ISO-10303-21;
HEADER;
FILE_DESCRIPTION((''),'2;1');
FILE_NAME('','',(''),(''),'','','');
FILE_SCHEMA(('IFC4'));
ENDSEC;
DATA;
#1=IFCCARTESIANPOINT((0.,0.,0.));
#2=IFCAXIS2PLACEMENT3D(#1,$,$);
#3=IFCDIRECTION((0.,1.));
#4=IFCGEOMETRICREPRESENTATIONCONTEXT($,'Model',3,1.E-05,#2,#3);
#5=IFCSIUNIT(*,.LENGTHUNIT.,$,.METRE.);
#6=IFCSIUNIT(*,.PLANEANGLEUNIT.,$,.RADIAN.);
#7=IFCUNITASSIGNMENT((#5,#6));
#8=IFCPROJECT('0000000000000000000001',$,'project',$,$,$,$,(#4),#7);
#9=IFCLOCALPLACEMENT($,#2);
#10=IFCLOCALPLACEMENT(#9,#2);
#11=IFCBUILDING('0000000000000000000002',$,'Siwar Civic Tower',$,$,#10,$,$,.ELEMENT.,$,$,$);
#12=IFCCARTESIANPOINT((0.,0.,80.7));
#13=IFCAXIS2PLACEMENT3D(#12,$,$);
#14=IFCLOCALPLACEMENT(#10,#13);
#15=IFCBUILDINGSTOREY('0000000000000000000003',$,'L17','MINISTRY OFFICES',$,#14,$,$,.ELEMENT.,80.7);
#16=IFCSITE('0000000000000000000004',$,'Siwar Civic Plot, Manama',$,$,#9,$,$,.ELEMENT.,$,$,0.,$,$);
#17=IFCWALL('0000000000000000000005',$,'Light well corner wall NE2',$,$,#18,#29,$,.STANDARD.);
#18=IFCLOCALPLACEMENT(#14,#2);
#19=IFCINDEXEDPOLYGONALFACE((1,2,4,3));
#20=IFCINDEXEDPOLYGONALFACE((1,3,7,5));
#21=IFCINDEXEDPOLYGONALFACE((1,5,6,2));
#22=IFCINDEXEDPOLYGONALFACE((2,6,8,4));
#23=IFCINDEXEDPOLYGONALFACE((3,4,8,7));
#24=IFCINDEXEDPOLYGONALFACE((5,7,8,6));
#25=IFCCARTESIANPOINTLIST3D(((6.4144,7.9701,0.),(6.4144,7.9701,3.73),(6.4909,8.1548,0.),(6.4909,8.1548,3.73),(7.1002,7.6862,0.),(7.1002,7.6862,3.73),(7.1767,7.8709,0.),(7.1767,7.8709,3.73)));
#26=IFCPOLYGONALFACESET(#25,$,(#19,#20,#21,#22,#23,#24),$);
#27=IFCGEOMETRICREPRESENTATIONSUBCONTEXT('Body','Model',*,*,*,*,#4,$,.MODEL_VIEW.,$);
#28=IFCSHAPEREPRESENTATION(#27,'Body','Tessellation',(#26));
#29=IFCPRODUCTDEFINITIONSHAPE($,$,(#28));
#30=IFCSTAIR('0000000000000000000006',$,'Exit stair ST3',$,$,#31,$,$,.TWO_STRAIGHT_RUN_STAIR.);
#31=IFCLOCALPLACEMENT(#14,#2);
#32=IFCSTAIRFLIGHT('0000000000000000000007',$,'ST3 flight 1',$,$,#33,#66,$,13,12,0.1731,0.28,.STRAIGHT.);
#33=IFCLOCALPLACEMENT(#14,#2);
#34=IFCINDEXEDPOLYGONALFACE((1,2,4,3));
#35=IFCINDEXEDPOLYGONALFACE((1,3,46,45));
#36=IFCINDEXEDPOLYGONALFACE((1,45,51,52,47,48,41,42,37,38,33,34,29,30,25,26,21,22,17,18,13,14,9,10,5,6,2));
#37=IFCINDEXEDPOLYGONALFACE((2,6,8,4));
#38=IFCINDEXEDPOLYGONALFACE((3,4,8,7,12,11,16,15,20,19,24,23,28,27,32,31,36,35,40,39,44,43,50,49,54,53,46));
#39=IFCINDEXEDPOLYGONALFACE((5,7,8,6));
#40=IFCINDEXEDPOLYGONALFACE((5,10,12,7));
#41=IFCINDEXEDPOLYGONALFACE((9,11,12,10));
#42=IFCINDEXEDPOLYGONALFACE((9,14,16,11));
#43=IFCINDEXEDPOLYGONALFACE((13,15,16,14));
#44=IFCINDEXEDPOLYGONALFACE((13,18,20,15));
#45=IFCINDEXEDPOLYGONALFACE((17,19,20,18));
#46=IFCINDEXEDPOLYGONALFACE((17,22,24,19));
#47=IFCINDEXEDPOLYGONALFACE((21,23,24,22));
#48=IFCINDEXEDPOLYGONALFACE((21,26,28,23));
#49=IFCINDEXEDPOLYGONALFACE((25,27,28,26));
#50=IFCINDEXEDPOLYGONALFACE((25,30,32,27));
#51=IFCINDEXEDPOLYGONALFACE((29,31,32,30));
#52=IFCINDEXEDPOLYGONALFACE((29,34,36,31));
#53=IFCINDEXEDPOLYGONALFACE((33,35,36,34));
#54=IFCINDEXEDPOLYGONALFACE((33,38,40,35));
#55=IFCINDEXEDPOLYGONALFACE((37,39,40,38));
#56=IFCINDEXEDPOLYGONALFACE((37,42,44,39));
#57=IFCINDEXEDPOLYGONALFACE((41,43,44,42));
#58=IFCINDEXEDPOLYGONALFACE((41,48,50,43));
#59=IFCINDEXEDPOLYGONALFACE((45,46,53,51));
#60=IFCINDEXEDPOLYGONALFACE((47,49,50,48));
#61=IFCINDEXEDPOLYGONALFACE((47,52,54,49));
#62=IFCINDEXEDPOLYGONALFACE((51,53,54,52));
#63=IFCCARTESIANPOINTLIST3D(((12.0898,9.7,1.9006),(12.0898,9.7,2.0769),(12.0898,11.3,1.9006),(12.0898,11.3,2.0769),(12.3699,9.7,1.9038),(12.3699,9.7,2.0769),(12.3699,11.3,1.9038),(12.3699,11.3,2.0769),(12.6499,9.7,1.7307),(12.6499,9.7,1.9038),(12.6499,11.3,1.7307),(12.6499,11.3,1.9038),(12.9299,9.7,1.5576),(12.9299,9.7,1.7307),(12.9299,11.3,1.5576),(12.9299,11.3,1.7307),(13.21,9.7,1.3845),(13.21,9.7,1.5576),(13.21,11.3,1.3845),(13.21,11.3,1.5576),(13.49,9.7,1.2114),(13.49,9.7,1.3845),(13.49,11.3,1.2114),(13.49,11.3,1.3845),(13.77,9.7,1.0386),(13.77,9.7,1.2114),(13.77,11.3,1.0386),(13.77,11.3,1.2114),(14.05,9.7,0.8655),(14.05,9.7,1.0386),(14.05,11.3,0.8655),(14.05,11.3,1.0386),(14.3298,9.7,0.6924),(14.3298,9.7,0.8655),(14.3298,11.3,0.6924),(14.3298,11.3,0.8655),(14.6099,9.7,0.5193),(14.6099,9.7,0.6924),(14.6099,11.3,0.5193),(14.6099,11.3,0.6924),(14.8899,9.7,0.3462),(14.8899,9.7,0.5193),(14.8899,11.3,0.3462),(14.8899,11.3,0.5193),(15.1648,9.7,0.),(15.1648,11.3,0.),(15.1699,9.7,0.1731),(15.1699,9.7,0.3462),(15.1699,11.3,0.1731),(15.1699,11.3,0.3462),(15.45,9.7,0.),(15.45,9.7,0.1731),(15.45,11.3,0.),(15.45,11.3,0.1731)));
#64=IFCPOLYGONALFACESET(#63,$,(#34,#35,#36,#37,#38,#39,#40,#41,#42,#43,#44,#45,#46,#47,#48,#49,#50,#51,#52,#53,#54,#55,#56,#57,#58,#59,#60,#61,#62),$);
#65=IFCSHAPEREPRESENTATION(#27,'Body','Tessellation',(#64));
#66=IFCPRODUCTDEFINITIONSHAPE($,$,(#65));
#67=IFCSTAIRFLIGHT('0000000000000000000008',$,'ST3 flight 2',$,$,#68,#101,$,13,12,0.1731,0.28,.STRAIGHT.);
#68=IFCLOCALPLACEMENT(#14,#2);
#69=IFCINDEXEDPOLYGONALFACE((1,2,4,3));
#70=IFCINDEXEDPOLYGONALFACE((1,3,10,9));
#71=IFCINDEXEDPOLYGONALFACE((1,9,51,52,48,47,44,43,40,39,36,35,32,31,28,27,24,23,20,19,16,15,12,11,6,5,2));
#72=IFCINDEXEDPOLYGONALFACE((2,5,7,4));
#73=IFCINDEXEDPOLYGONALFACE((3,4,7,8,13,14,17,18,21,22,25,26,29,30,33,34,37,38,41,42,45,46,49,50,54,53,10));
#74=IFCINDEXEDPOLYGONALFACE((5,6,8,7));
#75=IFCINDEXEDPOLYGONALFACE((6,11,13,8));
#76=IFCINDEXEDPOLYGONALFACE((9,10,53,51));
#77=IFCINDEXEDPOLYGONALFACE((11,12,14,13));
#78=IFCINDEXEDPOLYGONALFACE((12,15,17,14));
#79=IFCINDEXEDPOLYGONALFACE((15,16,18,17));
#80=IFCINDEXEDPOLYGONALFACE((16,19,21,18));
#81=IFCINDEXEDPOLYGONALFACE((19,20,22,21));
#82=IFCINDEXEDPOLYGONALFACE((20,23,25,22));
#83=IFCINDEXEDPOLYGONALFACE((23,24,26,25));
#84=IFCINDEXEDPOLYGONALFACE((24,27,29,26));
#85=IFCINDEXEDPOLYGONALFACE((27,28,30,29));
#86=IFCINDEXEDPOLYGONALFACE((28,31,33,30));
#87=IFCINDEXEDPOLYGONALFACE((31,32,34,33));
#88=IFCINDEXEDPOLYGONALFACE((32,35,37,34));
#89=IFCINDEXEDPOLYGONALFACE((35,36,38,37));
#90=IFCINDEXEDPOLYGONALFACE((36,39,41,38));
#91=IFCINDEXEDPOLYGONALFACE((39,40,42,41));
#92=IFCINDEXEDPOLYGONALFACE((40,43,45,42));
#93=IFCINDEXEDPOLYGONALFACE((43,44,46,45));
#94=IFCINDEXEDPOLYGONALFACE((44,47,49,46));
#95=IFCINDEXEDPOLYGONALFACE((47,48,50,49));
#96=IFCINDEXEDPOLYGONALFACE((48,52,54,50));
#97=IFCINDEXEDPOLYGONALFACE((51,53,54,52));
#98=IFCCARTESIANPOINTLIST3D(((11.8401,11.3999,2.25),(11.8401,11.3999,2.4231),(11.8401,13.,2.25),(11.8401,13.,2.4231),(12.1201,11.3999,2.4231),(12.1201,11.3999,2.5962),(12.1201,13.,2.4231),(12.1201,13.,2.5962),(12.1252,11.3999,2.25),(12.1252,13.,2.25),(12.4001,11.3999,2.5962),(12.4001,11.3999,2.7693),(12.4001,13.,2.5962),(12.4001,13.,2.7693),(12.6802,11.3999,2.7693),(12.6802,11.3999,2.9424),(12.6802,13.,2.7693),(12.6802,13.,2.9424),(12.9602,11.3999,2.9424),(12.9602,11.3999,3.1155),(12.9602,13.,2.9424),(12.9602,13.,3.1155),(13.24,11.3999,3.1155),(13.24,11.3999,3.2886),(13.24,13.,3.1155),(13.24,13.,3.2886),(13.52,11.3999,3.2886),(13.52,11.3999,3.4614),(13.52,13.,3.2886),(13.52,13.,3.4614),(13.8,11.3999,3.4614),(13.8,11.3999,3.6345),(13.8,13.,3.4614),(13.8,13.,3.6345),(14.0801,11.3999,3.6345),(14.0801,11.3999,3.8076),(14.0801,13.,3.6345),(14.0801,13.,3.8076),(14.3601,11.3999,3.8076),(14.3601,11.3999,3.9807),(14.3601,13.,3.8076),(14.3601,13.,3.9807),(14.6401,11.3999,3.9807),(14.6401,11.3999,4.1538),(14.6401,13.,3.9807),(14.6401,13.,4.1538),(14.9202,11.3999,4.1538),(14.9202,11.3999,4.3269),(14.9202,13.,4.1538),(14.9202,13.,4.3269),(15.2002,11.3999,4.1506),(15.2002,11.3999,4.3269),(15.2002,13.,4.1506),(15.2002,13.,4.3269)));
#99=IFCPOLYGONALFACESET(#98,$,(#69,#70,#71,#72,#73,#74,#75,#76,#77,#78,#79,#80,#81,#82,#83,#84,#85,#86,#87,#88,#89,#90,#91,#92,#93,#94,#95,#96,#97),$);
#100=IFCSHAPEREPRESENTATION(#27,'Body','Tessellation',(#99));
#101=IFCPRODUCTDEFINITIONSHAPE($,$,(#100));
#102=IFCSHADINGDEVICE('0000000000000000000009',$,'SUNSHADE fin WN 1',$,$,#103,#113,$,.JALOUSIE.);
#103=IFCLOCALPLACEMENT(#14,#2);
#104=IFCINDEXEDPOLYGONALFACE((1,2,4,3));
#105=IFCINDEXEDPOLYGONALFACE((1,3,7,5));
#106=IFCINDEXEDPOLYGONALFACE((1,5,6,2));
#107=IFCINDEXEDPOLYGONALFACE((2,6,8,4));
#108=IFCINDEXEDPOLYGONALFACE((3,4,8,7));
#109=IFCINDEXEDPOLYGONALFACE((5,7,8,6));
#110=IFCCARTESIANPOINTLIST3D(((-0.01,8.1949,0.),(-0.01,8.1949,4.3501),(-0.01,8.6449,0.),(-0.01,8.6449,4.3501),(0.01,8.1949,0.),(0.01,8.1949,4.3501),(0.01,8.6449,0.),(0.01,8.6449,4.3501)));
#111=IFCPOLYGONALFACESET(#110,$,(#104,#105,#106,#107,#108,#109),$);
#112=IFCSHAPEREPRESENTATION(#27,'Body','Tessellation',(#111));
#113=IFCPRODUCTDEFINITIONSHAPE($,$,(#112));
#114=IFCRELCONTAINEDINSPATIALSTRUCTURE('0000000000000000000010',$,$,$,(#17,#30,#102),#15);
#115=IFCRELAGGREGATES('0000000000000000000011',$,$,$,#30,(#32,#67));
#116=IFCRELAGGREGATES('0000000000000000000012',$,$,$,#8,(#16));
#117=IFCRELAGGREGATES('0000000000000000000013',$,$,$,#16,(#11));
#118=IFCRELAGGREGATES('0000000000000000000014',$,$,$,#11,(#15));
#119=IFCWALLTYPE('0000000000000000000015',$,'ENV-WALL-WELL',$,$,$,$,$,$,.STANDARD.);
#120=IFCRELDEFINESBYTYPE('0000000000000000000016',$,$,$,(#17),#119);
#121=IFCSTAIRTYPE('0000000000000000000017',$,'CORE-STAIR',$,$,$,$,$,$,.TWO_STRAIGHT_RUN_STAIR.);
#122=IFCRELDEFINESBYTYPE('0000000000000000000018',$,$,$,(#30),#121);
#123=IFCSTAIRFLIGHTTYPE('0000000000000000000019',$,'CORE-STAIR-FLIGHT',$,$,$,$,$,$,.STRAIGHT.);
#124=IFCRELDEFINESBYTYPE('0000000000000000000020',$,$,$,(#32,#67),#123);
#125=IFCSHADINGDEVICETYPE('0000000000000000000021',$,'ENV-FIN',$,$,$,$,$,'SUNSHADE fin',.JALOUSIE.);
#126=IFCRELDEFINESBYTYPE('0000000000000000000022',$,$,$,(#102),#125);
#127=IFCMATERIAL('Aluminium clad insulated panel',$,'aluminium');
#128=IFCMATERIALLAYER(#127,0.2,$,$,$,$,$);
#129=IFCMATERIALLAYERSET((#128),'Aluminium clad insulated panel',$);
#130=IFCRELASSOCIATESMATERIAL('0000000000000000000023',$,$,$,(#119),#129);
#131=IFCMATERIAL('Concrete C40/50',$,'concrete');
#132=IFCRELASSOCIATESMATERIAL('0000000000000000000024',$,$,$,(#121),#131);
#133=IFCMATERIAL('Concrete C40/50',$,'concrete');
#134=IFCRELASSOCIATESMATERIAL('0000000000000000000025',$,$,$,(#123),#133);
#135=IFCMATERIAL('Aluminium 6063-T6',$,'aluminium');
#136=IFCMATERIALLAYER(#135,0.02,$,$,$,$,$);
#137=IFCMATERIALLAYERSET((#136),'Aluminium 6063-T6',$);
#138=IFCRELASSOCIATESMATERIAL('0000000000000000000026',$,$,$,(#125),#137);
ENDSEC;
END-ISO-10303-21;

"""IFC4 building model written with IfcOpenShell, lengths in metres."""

from ifc_helpers import new_model, si_unit, direction, frame, frame_2d, origin, origin_2d, place, context, subcontext, project, spatial, polyline, rectangle, outline, extrude, material, layer, layer_set, type_object, element, aggregate, save


model = new_model("IFC4")

# Units and contexts
model_context = context("Model", 3, precision=1e-05, world=origin(), true_north=direction((0.0, 1.0)))
body_context = subcontext(model_context, "Body", "Model", "MODEL_VIEW")
ifc_project = project(units=[si_unit("LENGTHUNIT", "METRE"), si_unit("PLANEANGLEUNIT", "RADIAN")], contexts=[model_context])

# Site, building, storey
site_placement = place(None, origin())
site = spatial("IfcSite", under=ifc_project, at=site_placement, Name="Siwar Civic Plot, Manama", CompositionType="ELEMENT", RefElevation=0.0)
building_placement = place(site_placement, origin())
building = spatial("IfcBuilding", under=site, at=building_placement, Name="Siwar Civic Tower", CompositionType="ELEMENT")
storey_placement = place(building_placement, frame((0.0, 0.0, 80.7)))
storey = spatial("IfcBuildingStorey", under=building, at=storey_placement, Name="L17", Description="MINISTRY OFFICES", CompositionType="ELEMENT", Elevation=80.7)

# Wall
ifc_material_1 = material(Name="Aluminium clad insulated panel", Category="aluminium")
ifc_layer_1 = layer(ifc_material_1, 0.2)
ifc_layer_set_1 = layer_set([ifc_layer_1], Name="Aluminium clad insulated panel")
wall_type_1 = type_object("IfcWallType", Name="ENV-WALL-WELL", PredefinedType="STANDARD", material=ifc_layer_set_1)
wall_1_placement = place(storey_placement, frame((7.1384, 7.7786, 0.0), z_axis=(0.0, 0.0, 1.0), x_axis=(-0.923941, 0.382536, 0.0)))
element("IfcWall", 1, at=wall_1_placement, inside=storey, type_object=wall_type_1, Name="Light well corner wall NE2", PredefinedType="STANDARD", context=body_context, shape_type="SweptSolid", body=[
    extrude(rectangle(XDim=0.7422, YDim=0.2, at=frame_2d((0.3711, 0.0))), origin(), (0.0, 0.0, 1.0), 3.73),
])

# Stair, stair flights
ifc_material_2 = material(Name="Concrete C40/50", Category="concrete")
stair_type = type_object("IfcStairType", Name="CORE-STAIR", PredefinedType="TWO_STRAIGHT_RUN_STAIR", material=ifc_material_2)
stair_placement = place(storey_placement, origin())
stair = element("IfcStair", 2, at=stair_placement, inside=storey, type_object=stair_type, Name="Exit stair ST3", PredefinedType="TWO_STRAIGHT_RUN_STAIR")
ifc_material_3 = material(Name="Concrete C40/50", Category="concrete")
stair_flight_type = type_object("IfcStairFlightType", Name="CORE-STAIR-FLIGHT", PredefinedType="STRAIGHT", material=ifc_material_3)
stair_flight_1_placement = place(storey_placement, frame((15.45, 10.5, 0.0), z_axis=(0.0, 0.0, 1.0), x_axis=(-1.0, 0.0, 0.0)))
stair_flight_1 = element("IfcStairFlight", 3, at=stair_flight_1_placement, type_object=stair_flight_type, Name="ST3 flight 1", NumberOfRisers=13, NumberOfTreads=12, PredefinedType="STRAIGHT", RiserHeight=0.1731, TreadLength=0.28, context=body_context, shape_type="SweptSolid", body=[
    extrude(outline(polyline([(0.0, 0.0), (0.0, 0.1731), (0.28, 0.1731), (0.28, 0.3462), (0.5601, 0.3462), (0.5601, 0.5193), (0.8401, 0.5193), (0.8401, 0.6924), (1.1201, 0.6924), (1.1201, 0.8655), (1.3999, 0.8655), (1.3999, 1.0386), (1.6799, 1.0386), (1.6799, 1.2114), (1.96, 1.2114), (1.96, 1.3845), (2.24, 1.3845), (2.24, 1.5576), (2.52, 1.5576), (2.52, 1.7307), (2.8, 1.7307), (2.8, 1.9038), (3.0801, 1.9038), (3.0801, 2.0769), (3.3601, 2.0769), (3.3601, 2.25), (3.3601, 1.9006), (0.2852, 0.0), (0.0, 0.0)])), frame((0.0, 0.8, 0.0), z_axis=(0.0, -1.0, 0.0), x_axis=(1.0, 0.0, 0.0)), (0.0, 0.0, 1.0), 1.6001),
])
stair_flight_2_placement = place(storey_placement, frame((11.8401, 12.2, 2.25), z_axis=(0.0, 0.0, 1.0), x_axis=(1.0, 0.0, 0.0)))
stair_flight_2 = element("IfcStairFlight", 4, at=stair_flight_2_placement, type_object=stair_flight_type, Name="ST3 flight 2", NumberOfRisers=13, NumberOfTreads=12, PredefinedType="STRAIGHT", RiserHeight=0.1731, TreadLength=0.28, context=body_context, shape_type="SweptSolid", body=[
    extrude(outline(polyline([(0.0, 0.0), (0.0, 0.1731), (0.28, 0.1731), (0.28, 0.3462), (0.5601, 0.3462), (0.5601, 0.5193), (0.8401, 0.5193), (0.8401, 0.6924), (1.1201, 0.6924), (1.1201, 0.8655), (1.3999, 0.8655), (1.3999, 1.0386), (1.6799, 1.0386), (1.6799, 1.2114), (1.96, 1.2114), (1.96, 1.3845), (2.24, 1.3845), (2.24, 1.5576), (2.52, 1.5576), (2.52, 1.7307), (2.8, 1.7307), (2.8, 1.9038), (3.0801, 1.9038), (3.0801, 2.0769), (3.3601, 2.0769), (3.3601, 2.25), (3.3601, 1.9006), (0.2852, 0.0), (0.0, 0.0)])), frame((0.0, 0.8, 0.0), z_axis=(0.0, -1.0, 0.0), x_axis=(1.0, 0.0, 0.0)), (0.0, 0.0, 1.0), 1.6001),
])
aggregate(stair, [stair_flight_1, stair_flight_2])

# Shading device
ifc_material_4 = material(Name="Aluminium 6063-T6", Category="aluminium")
ifc_layer_2 = layer(ifc_material_4, 0.02)
ifc_layer_set_2 = layer_set([ifc_layer_2], Name="Aluminium 6063-T6")
shading_device_type = type_object("IfcShadingDeviceType", Name="ENV-FIN", ElementType="SUNSHADE fin", PredefinedType="JALOUSIE", material=ifc_layer_set_2)
shading_device_placement = place(storey_placement, frame((0.0, 8.4199, 0.0), z_axis=(0.0, 0.0, 1.0), x_axis=(-1.0, 0.0, 0.0)))
element("IfcShadingDevice", 5, at=shading_device_placement, inside=storey, type_object=shading_device_type, Name="SUNSHADE fin WN 1", PredefinedType="JALOUSIE", context=body_context, shape_type="SweptSolid", body=[
    extrude(rectangle(XDim=0.02, YDim=0.45, at=origin_2d()), origin(), (0.0, 0.0, 1.0), 4.3501),
])

save(model, "model.ifc")
